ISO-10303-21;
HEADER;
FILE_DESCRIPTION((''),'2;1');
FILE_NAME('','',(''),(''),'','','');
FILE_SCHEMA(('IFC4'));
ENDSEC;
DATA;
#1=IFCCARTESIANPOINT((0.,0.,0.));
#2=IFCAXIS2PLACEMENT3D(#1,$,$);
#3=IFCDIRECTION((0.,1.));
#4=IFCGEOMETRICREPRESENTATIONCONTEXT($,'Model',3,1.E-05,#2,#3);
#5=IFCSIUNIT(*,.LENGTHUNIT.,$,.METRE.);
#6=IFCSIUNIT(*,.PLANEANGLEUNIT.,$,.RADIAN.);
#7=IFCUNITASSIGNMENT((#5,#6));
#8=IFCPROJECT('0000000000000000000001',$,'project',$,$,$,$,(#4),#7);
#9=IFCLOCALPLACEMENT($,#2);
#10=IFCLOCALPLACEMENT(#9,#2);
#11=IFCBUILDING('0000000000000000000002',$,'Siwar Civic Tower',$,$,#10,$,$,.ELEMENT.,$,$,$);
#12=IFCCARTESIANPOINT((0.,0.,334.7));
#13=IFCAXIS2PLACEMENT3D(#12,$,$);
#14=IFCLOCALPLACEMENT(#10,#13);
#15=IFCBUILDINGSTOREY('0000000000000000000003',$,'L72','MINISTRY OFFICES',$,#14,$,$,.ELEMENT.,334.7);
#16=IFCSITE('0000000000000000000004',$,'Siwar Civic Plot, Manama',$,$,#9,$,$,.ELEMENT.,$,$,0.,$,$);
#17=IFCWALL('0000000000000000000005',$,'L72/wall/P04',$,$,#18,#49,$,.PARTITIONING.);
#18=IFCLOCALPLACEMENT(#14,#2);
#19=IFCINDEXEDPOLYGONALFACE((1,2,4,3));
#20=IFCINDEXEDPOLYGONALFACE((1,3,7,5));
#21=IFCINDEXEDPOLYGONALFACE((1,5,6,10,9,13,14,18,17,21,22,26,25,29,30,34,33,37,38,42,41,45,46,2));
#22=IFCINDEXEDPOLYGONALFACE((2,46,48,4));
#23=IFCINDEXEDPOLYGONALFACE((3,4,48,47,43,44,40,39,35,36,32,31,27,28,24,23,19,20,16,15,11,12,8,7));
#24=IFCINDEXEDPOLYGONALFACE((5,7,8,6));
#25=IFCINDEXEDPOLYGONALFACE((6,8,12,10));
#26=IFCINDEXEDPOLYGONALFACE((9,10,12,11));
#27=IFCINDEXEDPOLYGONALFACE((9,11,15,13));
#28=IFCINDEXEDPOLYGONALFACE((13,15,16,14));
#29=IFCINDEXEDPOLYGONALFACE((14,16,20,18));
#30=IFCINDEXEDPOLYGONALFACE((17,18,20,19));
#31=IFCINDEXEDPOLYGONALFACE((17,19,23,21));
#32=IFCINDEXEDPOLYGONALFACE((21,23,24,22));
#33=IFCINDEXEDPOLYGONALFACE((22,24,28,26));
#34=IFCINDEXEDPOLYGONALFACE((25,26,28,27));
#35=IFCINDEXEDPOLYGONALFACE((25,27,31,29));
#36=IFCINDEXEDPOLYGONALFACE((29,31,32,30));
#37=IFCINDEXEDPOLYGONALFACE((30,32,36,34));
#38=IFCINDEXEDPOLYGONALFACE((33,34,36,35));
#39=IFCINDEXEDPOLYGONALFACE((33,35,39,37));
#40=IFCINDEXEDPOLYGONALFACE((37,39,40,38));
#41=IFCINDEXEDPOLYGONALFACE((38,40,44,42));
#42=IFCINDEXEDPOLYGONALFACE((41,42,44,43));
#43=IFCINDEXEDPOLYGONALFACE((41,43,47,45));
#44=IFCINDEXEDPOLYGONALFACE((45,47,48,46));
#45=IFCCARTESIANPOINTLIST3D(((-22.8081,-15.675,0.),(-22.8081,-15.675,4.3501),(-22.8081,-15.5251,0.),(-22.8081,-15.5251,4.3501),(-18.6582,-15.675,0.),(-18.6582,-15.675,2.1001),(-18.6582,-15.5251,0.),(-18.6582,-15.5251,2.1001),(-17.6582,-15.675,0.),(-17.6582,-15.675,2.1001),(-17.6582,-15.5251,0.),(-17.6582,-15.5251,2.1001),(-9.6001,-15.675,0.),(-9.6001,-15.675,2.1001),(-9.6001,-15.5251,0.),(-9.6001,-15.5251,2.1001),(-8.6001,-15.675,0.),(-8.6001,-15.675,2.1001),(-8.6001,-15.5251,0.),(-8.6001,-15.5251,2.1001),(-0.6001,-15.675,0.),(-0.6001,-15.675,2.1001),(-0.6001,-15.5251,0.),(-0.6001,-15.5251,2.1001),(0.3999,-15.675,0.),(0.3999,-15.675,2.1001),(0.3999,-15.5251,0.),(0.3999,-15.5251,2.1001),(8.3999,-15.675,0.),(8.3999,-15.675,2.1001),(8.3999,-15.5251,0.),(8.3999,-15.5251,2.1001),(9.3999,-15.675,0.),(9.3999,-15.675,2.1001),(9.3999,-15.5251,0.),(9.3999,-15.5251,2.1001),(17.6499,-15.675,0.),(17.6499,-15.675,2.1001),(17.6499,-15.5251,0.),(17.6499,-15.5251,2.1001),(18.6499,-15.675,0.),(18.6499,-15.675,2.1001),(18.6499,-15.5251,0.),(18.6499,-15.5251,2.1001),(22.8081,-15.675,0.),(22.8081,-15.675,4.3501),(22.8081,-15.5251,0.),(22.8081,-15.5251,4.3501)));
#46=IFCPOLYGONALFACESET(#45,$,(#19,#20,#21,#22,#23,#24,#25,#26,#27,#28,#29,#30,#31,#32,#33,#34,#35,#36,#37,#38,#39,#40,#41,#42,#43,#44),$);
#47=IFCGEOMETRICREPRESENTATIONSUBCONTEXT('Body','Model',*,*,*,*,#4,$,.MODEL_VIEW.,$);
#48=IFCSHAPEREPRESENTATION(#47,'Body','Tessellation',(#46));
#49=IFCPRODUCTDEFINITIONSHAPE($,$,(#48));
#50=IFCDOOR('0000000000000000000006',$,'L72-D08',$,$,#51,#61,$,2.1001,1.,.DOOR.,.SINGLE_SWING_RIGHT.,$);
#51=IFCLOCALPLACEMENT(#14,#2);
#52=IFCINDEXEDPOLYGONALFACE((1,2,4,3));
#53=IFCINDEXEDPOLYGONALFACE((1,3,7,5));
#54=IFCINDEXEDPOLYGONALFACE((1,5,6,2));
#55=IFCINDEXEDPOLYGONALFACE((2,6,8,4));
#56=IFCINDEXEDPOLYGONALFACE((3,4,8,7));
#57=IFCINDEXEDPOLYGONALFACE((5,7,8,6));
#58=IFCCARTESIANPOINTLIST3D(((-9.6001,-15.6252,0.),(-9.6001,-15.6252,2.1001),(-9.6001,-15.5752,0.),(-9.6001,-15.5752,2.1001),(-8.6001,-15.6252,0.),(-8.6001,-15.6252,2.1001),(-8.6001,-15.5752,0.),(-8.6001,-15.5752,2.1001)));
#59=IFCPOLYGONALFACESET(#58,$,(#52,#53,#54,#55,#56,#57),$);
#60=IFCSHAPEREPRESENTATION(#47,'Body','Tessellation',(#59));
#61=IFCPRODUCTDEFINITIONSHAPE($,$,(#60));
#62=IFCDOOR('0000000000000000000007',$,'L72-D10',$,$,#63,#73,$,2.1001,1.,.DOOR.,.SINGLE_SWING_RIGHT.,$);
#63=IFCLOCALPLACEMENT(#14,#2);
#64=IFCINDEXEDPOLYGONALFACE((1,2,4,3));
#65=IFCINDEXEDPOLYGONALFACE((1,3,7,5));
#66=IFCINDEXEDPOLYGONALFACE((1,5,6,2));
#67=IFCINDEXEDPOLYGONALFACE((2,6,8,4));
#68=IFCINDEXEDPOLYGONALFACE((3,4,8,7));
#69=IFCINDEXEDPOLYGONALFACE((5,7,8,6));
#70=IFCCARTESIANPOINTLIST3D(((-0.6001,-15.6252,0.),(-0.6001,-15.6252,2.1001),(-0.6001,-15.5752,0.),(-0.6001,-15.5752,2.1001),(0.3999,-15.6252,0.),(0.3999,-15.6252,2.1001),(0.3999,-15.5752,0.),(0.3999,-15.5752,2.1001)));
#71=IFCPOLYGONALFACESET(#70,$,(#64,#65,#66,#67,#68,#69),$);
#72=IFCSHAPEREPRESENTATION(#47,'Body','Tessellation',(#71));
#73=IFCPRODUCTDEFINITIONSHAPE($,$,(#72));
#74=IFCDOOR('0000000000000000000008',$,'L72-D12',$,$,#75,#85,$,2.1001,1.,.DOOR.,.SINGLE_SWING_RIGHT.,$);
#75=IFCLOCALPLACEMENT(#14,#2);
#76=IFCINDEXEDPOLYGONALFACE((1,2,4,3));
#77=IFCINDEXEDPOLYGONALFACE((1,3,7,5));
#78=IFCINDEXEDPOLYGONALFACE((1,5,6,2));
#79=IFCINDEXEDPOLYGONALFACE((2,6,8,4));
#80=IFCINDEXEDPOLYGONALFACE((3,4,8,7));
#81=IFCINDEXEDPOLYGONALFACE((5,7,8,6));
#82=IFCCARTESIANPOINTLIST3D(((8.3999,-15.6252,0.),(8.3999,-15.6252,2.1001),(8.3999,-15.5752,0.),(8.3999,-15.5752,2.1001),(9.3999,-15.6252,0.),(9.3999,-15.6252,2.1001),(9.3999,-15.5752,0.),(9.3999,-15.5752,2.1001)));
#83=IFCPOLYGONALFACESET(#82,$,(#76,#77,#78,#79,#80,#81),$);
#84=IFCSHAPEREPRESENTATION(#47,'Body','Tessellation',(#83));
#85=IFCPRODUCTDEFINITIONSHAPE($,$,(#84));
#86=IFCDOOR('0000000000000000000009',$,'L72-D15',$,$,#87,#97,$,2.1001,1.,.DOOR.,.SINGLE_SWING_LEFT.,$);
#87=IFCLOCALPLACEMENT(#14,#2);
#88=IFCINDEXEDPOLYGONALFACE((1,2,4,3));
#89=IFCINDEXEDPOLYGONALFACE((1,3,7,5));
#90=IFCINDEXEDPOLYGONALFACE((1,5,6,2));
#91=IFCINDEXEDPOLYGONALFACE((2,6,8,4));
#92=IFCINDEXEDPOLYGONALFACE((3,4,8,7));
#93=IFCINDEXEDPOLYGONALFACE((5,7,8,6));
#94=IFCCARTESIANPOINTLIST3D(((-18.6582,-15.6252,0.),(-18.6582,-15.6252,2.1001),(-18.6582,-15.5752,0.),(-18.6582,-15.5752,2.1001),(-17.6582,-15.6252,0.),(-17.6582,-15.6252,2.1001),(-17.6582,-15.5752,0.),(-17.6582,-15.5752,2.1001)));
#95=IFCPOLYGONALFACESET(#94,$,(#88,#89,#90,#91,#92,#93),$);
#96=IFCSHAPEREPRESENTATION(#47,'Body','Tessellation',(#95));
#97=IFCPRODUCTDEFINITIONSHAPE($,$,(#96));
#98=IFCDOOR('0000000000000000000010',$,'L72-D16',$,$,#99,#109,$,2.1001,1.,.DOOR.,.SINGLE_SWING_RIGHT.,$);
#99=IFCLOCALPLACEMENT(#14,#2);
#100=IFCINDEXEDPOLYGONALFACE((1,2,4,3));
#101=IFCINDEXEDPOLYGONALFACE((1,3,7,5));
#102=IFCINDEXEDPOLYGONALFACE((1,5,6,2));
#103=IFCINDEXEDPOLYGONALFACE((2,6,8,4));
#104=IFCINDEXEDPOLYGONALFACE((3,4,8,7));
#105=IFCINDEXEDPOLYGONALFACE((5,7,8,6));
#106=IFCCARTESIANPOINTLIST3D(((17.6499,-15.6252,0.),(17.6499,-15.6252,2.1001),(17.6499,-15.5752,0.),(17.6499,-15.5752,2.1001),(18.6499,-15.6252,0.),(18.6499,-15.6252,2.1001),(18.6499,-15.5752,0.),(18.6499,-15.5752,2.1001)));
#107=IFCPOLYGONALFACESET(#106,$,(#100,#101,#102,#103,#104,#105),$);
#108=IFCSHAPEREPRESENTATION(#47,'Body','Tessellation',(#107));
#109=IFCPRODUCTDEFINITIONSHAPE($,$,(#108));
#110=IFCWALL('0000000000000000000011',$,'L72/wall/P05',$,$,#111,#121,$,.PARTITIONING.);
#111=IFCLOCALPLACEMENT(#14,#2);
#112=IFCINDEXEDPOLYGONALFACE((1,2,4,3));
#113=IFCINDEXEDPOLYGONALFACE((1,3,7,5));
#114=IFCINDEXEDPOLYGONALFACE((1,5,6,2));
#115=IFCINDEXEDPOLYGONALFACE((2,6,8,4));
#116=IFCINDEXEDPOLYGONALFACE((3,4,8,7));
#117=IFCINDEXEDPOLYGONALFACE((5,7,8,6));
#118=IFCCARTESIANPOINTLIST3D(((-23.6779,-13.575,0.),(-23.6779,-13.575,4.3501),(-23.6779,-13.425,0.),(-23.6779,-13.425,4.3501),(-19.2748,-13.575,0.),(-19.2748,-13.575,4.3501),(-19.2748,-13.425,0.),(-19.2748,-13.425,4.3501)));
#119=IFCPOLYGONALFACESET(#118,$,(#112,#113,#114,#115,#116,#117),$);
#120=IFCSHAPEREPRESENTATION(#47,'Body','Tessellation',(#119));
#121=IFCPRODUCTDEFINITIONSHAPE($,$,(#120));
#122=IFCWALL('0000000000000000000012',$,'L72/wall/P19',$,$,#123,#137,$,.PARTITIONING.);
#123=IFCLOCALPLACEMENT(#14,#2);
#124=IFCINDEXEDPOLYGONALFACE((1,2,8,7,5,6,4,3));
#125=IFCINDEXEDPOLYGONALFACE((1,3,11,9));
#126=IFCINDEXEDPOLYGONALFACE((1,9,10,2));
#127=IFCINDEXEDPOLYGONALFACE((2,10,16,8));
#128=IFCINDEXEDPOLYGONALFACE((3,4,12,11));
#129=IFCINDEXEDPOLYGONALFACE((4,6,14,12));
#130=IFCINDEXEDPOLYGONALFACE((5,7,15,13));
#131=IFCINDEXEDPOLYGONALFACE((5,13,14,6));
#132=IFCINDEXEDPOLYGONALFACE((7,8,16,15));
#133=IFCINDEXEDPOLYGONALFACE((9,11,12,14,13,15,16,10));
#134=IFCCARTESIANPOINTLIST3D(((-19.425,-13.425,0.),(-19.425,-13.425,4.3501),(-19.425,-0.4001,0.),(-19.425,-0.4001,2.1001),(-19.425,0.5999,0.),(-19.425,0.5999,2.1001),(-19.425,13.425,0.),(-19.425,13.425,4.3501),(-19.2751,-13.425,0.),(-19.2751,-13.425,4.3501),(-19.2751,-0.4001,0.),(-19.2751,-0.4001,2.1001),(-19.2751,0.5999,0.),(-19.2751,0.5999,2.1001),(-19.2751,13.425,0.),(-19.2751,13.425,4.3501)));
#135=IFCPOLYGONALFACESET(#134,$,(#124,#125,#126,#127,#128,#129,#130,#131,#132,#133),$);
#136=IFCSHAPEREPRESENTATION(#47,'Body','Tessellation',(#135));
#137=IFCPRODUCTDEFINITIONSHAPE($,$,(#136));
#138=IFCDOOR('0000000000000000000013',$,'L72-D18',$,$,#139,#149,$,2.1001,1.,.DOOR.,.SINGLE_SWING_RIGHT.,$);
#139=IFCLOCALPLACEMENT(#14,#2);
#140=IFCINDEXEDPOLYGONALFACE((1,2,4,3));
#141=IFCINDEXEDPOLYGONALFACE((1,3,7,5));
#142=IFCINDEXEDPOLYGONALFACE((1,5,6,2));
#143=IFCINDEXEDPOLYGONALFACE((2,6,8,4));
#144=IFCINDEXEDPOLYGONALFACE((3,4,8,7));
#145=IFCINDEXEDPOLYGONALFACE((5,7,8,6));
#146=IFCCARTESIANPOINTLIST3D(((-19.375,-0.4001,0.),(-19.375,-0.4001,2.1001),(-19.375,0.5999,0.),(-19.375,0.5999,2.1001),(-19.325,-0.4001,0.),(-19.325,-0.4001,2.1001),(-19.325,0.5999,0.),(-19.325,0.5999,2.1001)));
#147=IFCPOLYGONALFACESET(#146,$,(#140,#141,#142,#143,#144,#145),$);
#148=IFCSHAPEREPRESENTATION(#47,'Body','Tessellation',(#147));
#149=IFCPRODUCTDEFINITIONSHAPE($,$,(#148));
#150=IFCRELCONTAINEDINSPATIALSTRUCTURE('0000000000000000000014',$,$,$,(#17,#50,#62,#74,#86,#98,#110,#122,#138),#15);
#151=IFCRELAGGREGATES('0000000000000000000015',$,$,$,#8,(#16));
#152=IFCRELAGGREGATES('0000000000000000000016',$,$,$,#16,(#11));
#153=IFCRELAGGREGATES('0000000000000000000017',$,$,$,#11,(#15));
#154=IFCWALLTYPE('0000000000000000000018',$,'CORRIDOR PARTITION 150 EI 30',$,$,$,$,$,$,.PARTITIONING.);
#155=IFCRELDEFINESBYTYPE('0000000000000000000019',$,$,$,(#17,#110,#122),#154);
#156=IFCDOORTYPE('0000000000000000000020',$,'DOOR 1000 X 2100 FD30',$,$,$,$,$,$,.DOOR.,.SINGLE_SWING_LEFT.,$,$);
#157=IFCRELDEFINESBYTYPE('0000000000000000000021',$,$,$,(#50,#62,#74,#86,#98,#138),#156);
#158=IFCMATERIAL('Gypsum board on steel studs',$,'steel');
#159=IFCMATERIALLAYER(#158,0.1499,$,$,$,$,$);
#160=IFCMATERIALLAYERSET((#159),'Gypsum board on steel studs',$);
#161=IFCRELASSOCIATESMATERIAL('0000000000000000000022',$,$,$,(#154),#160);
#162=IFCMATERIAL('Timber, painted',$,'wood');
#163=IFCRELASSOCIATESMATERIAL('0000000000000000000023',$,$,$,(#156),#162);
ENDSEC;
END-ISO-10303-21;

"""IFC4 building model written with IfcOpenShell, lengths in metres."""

from ifc_helpers import new_model, si_unit, direction, frame, frame_2d, origin, place, context, subcontext, project, spatial, rectangle, extrude, material, layer, layer_set, type_object, element, fill, save


model = new_model("IFC4")

# Units and contexts
model_context = context("Model", 3, precision=1e-05, world=origin(), true_north=direction((0.0, 1.0)))
body_context = subcontext(model_context, "Body", "Model", "MODEL_VIEW")
ifc_project = project(units=[si_unit("LENGTHUNIT", "METRE"), si_unit("PLANEANGLEUNIT", "RADIAN")], contexts=[model_context])

# Site, building, storey
site_placement = place(None, origin())
site = spatial("IfcSite", under=ifc_project, at=site_placement, Name="Siwar Civic Plot, Manama", CompositionType="ELEMENT", RefElevation=0.0)
building_placement = place(site_placement, origin())
building = spatial("IfcBuilding", under=site, at=building_placement, Name="Siwar Civic Tower", CompositionType="ELEMENT")
storey_placement = place(building_placement, frame((0.0, 0.0, 334.7)))
storey = spatial("IfcBuildingStorey", under=building, at=storey_placement, Name="L72", Description="MINISTRY OFFICES", CompositionType="ELEMENT", Elevation=334.7)

# Wall, openings, doors
ifc_material_1 = material(Name="Gypsum board on steel studs", Category="steel")
ifc_layer_1 = layer(ifc_material_1, 0.1499)
ifc_layer_set_1 = layer_set([ifc_layer_1], Name="Gypsum board on steel studs")
wall_type_1 = type_object("IfcWallType", Name="CORRIDOR PARTITION 150 EI 30", PredefinedType="PARTITIONING", material=ifc_layer_set_1)
wall_1_placement = place(storey_placement, frame((-22.8081, -15.6001, 0.0), z_axis=(0.0, 0.0, 1.0), x_axis=(1.0, 0.0, 0.0)))
wall_1 = element("IfcWall", 1, at=wall_1_placement, inside=storey, type_object=wall_type_1, Name="L72/wall/P04", PredefinedType="PARTITIONING", context=body_context, shape_type="SweptSolid", body=[
    extrude(rectangle(XDim=45.6162, YDim=0.1499, at=frame_2d((22.8081, 0.0))), origin(), (0.0, 0.0, 1.0), 4.3501),
])
opening_1_placement = place(wall_1_placement, frame((13.208, 0.0, 0.0)))
opening_1 = element("IfcOpeningElement", 2, at=opening_1_placement, cuts=wall_1, PredefinedType="OPENING", context=body_context, shape_type="SweptSolid", body=[
    extrude(rectangle(XDim=1.0, YDim=2.1001, at=frame_2d((0.5, 1.05))), frame((0.0, 0.085, 0.0), z_axis=(0.0, -1.0, 0.0), x_axis=(1.0, 0.0, 0.0)), (0.0, 0.0, 1.0), 0.1699),
])
opening_2_placement = place(wall_1_placement, frame((22.208, 0.0, 0.0)))
opening_2 = element("IfcOpeningElement", 3, at=opening_2_placement, cuts=wall_1, PredefinedType="OPENING", context=body_context, shape_type="SweptSolid", body=[
    extrude(rectangle(XDim=1.0, YDim=2.1001, at=frame_2d((0.5, 1.05))), frame((0.0, 0.085, 0.0), z_axis=(0.0, -1.0, 0.0), x_axis=(1.0, 0.0, 0.0)), (0.0, 0.0, 1.0), 0.1699),
])
opening_3_placement = place(wall_1_placement, frame((31.208, 0.0, 0.0)))
opening_3 = element("IfcOpeningElement", 4, at=opening_3_placement, cuts=wall_1, PredefinedType="OPENING", context=body_context, shape_type="SweptSolid", body=[
    extrude(rectangle(XDim=1.0, YDim=2.1001, at=frame_2d((0.5, 1.05))), frame((0.0, 0.085, 0.0), z_axis=(0.0, -1.0, 0.0), x_axis=(1.0, 0.0, 0.0)), (0.0, 0.0, 1.0), 0.1699),
])
opening_4_placement = place(wall_1_placement, frame((4.1499, 0.0, 0.0)))
opening_4 = element("IfcOpeningElement", 5, at=opening_4_placement, cuts=wall_1, PredefinedType="OPENING", context=body_context, shape_type="SweptSolid", body=[
    extrude(rectangle(XDim=1.0, YDim=2.1001, at=frame_2d((0.5, 1.05))), frame((0.0, 0.085, 0.0), z_axis=(0.0, -1.0, 0.0), x_axis=(1.0, 0.0, 0.0)), (0.0, 0.0, 1.0), 0.1699),
])
opening_5_placement = place(wall_1_placement, frame((40.458, 0.0, 0.0)))
opening_5 = element("IfcOpeningElement", 6, at=opening_5_placement, cuts=wall_1, PredefinedType="OPENING", context=body_context, shape_type="SweptSolid", body=[
    extrude(rectangle(XDim=1.0, YDim=2.1001, at=frame_2d((0.5, 1.05))), frame((0.0, 0.085, 0.0), z_axis=(0.0, -1.0, 0.0), x_axis=(1.0, 0.0, 0.0)), (0.0, 0.0, 1.0), 0.1699),
])
ifc_material_2 = material(Name="Timber, painted", Category="wood")
door_type_1 = type_object("IfcDoorType", Name="DOOR 1000 X 2100 FD30", OperationType="SINGLE_SWING_LEFT", PredefinedType="DOOR", material=ifc_material_2)
door_1_placement = place(opening_1_placement, origin())
door_1 = element("IfcDoor", 7, at=door_1_placement, inside=storey, type_object=door_type_1, Name="L72-D08", OperationType="SINGLE_SWING_RIGHT", OverallHeight=2.1001, OverallWidth=1.0, PredefinedType="DOOR", context=body_context, shape_type="SweptSolid", body=[
    extrude(rectangle(XDim=1.0, YDim=2.1001, at=frame_2d((0.5, 1.05))), frame((0.0, 0.0249, 0.0), z_axis=(0.0, -1.0, 0.0), x_axis=(1.0, 0.0, 0.0)), (0.0, 0.0, 1.0), 0.05),
])
fill(opening_1, door_1)
door_2_placement = place(opening_2_placement, origin())
door_2 = element("IfcDoor", 8, at=door_2_placement, inside=storey, type_object=door_type_1, Name="L72-D10", OperationType="SINGLE_SWING_RIGHT", OverallHeight=2.1001, OverallWidth=1.0, PredefinedType="DOOR", context=body_context, shape_type="SweptSolid", body=[
    extrude(rectangle(XDim=1.0, YDim=2.1001, at=frame_2d((0.5, 1.05))), frame((0.0, 0.0249, 0.0), z_axis=(0.0, -1.0, 0.0), x_axis=(1.0, 0.0, 0.0)), (0.0, 0.0, 1.0), 0.05),
])
fill(opening_2, door_2)
door_3_placement = place(opening_3_placement, origin())
door_3 = element("IfcDoor", 9, at=door_3_placement, inside=storey, type_object=door_type_1, Name="L72-D12", OperationType="SINGLE_SWING_RIGHT", OverallHeight=2.1001, OverallWidth=1.0, PredefinedType="DOOR", context=body_context, shape_type="SweptSolid", body=[
    extrude(rectangle(XDim=1.0, YDim=2.1001, at=frame_2d((0.5, 1.05))), frame((0.0, 0.0249, 0.0), z_axis=(0.0, -1.0, 0.0), x_axis=(1.0, 0.0, 0.0)), (0.0, 0.0, 1.0), 0.05),
])
fill(opening_3, door_3)
door_4_placement = place(opening_4_placement, origin())
door_4 = element("IfcDoor", 10, at=door_4_placement, inside=storey, type_object=door_type_1, Name="L72-D15", OperationType="SINGLE_SWING_LEFT", OverallHeight=2.1001, OverallWidth=1.0, PredefinedType="DOOR", context=body_context, shape_type="SweptSolid", body=[
    extrude(rectangle(XDim=1.0, YDim=2.1001, at=frame_2d((0.5, 1.05))), frame((0.0, 0.0249, 0.0), z_axis=(0.0, -1.0, 0.0), x_axis=(1.0, 0.0, 0.0)), (0.0, 0.0, 1.0), 0.05),
])
fill(opening_4, door_4)
door_5_placement = place(opening_5_placement, origin())
door_5 = element("IfcDoor", 11, at=door_5_placement, inside=storey, type_object=door_type_1, Name="L72-D16", OperationType="SINGLE_SWING_RIGHT", OverallHeight=2.1001, OverallWidth=1.0, PredefinedType="DOOR", context=body_context, shape_type="SweptSolid", body=[
    extrude(rectangle(XDim=1.0, YDim=2.1001, at=frame_2d((0.5, 1.05))), frame((0.0, 0.0249, 0.0), z_axis=(0.0, -1.0, 0.0), x_axis=(1.0, 0.0, 0.0)), (0.0, 0.0, 1.0), 0.05),
])
fill(opening_5, door_5)

# Wall
wall_2_placement = place(storey_placement, frame((-23.678, -13.5, 0.0), z_axis=(0.0, 0.0, 1.0), x_axis=(1.0, 0.0, 0.0)))
element("IfcWall", 12, at=wall_2_placement, inside=storey, type_object=wall_type_1, Name="L72/wall/P05", PredefinedType="PARTITIONING", context=body_context, shape_type="SweptSolid", body=[
    extrude(rectangle(XDim=4.4031, YDim=0.1499, at=frame_2d((2.2017, 0.0))), origin(), (0.0, 0.0, 1.0), 4.3501),
])

# Wall, opening, door
wall_3_placement = place(storey_placement, frame((-19.3501, -13.425, 0.0), z_axis=(0.0, 0.0, 1.0), x_axis=(0.0, 1.0, 0.0)))
wall_3 = element("IfcWall", 13, at=wall_3_placement, inside=storey, type_object=wall_type_1, Name="L72/wall/P19", PredefinedType="PARTITIONING", context=body_context, shape_type="SweptSolid", body=[
    extrude(rectangle(XDim=26.8501, YDim=0.1499, at=frame_2d((13.425, 0.0))), origin(), (0.0, 0.0, 1.0), 4.3501),
])
opening_6_placement = place(wall_3_placement, frame((13.0249, 0.0, 0.0)))
opening_6 = element("IfcOpeningElement", 14, at=opening_6_placement, cuts=wall_3, PredefinedType="OPENING", context=body_context, shape_type="SweptSolid", body=[
    extrude(rectangle(XDim=1.0, YDim=2.1001, at=frame_2d((0.5, 1.05))), frame((0.0, 0.085, 0.0), z_axis=(0.0, -1.0, 0.0), x_axis=(1.0, 0.0, 0.0)), (0.0, 0.0, 1.0), 0.1699),
])
door_6_placement = place(opening_6_placement, origin())
door_6 = element("IfcDoor", 15, at=door_6_placement, inside=storey, type_object=door_type_1, Name="L72-D18", OperationType="SINGLE_SWING_RIGHT", OverallHeight=2.1001, OverallWidth=1.0, PredefinedType="DOOR", context=body_context, shape_type="SweptSolid", body=[
    extrude(rectangle(XDim=1.0, YDim=2.1001, at=frame_2d((0.5, 1.05))), frame((0.0, 0.0249, 0.0), z_axis=(0.0, -1.0, 0.0), x_axis=(1.0, 0.0, 0.0)), (0.0, 0.0, 1.0), 0.05),
])
fill(opening_6, door_6)

save(model, "model.ifc")
